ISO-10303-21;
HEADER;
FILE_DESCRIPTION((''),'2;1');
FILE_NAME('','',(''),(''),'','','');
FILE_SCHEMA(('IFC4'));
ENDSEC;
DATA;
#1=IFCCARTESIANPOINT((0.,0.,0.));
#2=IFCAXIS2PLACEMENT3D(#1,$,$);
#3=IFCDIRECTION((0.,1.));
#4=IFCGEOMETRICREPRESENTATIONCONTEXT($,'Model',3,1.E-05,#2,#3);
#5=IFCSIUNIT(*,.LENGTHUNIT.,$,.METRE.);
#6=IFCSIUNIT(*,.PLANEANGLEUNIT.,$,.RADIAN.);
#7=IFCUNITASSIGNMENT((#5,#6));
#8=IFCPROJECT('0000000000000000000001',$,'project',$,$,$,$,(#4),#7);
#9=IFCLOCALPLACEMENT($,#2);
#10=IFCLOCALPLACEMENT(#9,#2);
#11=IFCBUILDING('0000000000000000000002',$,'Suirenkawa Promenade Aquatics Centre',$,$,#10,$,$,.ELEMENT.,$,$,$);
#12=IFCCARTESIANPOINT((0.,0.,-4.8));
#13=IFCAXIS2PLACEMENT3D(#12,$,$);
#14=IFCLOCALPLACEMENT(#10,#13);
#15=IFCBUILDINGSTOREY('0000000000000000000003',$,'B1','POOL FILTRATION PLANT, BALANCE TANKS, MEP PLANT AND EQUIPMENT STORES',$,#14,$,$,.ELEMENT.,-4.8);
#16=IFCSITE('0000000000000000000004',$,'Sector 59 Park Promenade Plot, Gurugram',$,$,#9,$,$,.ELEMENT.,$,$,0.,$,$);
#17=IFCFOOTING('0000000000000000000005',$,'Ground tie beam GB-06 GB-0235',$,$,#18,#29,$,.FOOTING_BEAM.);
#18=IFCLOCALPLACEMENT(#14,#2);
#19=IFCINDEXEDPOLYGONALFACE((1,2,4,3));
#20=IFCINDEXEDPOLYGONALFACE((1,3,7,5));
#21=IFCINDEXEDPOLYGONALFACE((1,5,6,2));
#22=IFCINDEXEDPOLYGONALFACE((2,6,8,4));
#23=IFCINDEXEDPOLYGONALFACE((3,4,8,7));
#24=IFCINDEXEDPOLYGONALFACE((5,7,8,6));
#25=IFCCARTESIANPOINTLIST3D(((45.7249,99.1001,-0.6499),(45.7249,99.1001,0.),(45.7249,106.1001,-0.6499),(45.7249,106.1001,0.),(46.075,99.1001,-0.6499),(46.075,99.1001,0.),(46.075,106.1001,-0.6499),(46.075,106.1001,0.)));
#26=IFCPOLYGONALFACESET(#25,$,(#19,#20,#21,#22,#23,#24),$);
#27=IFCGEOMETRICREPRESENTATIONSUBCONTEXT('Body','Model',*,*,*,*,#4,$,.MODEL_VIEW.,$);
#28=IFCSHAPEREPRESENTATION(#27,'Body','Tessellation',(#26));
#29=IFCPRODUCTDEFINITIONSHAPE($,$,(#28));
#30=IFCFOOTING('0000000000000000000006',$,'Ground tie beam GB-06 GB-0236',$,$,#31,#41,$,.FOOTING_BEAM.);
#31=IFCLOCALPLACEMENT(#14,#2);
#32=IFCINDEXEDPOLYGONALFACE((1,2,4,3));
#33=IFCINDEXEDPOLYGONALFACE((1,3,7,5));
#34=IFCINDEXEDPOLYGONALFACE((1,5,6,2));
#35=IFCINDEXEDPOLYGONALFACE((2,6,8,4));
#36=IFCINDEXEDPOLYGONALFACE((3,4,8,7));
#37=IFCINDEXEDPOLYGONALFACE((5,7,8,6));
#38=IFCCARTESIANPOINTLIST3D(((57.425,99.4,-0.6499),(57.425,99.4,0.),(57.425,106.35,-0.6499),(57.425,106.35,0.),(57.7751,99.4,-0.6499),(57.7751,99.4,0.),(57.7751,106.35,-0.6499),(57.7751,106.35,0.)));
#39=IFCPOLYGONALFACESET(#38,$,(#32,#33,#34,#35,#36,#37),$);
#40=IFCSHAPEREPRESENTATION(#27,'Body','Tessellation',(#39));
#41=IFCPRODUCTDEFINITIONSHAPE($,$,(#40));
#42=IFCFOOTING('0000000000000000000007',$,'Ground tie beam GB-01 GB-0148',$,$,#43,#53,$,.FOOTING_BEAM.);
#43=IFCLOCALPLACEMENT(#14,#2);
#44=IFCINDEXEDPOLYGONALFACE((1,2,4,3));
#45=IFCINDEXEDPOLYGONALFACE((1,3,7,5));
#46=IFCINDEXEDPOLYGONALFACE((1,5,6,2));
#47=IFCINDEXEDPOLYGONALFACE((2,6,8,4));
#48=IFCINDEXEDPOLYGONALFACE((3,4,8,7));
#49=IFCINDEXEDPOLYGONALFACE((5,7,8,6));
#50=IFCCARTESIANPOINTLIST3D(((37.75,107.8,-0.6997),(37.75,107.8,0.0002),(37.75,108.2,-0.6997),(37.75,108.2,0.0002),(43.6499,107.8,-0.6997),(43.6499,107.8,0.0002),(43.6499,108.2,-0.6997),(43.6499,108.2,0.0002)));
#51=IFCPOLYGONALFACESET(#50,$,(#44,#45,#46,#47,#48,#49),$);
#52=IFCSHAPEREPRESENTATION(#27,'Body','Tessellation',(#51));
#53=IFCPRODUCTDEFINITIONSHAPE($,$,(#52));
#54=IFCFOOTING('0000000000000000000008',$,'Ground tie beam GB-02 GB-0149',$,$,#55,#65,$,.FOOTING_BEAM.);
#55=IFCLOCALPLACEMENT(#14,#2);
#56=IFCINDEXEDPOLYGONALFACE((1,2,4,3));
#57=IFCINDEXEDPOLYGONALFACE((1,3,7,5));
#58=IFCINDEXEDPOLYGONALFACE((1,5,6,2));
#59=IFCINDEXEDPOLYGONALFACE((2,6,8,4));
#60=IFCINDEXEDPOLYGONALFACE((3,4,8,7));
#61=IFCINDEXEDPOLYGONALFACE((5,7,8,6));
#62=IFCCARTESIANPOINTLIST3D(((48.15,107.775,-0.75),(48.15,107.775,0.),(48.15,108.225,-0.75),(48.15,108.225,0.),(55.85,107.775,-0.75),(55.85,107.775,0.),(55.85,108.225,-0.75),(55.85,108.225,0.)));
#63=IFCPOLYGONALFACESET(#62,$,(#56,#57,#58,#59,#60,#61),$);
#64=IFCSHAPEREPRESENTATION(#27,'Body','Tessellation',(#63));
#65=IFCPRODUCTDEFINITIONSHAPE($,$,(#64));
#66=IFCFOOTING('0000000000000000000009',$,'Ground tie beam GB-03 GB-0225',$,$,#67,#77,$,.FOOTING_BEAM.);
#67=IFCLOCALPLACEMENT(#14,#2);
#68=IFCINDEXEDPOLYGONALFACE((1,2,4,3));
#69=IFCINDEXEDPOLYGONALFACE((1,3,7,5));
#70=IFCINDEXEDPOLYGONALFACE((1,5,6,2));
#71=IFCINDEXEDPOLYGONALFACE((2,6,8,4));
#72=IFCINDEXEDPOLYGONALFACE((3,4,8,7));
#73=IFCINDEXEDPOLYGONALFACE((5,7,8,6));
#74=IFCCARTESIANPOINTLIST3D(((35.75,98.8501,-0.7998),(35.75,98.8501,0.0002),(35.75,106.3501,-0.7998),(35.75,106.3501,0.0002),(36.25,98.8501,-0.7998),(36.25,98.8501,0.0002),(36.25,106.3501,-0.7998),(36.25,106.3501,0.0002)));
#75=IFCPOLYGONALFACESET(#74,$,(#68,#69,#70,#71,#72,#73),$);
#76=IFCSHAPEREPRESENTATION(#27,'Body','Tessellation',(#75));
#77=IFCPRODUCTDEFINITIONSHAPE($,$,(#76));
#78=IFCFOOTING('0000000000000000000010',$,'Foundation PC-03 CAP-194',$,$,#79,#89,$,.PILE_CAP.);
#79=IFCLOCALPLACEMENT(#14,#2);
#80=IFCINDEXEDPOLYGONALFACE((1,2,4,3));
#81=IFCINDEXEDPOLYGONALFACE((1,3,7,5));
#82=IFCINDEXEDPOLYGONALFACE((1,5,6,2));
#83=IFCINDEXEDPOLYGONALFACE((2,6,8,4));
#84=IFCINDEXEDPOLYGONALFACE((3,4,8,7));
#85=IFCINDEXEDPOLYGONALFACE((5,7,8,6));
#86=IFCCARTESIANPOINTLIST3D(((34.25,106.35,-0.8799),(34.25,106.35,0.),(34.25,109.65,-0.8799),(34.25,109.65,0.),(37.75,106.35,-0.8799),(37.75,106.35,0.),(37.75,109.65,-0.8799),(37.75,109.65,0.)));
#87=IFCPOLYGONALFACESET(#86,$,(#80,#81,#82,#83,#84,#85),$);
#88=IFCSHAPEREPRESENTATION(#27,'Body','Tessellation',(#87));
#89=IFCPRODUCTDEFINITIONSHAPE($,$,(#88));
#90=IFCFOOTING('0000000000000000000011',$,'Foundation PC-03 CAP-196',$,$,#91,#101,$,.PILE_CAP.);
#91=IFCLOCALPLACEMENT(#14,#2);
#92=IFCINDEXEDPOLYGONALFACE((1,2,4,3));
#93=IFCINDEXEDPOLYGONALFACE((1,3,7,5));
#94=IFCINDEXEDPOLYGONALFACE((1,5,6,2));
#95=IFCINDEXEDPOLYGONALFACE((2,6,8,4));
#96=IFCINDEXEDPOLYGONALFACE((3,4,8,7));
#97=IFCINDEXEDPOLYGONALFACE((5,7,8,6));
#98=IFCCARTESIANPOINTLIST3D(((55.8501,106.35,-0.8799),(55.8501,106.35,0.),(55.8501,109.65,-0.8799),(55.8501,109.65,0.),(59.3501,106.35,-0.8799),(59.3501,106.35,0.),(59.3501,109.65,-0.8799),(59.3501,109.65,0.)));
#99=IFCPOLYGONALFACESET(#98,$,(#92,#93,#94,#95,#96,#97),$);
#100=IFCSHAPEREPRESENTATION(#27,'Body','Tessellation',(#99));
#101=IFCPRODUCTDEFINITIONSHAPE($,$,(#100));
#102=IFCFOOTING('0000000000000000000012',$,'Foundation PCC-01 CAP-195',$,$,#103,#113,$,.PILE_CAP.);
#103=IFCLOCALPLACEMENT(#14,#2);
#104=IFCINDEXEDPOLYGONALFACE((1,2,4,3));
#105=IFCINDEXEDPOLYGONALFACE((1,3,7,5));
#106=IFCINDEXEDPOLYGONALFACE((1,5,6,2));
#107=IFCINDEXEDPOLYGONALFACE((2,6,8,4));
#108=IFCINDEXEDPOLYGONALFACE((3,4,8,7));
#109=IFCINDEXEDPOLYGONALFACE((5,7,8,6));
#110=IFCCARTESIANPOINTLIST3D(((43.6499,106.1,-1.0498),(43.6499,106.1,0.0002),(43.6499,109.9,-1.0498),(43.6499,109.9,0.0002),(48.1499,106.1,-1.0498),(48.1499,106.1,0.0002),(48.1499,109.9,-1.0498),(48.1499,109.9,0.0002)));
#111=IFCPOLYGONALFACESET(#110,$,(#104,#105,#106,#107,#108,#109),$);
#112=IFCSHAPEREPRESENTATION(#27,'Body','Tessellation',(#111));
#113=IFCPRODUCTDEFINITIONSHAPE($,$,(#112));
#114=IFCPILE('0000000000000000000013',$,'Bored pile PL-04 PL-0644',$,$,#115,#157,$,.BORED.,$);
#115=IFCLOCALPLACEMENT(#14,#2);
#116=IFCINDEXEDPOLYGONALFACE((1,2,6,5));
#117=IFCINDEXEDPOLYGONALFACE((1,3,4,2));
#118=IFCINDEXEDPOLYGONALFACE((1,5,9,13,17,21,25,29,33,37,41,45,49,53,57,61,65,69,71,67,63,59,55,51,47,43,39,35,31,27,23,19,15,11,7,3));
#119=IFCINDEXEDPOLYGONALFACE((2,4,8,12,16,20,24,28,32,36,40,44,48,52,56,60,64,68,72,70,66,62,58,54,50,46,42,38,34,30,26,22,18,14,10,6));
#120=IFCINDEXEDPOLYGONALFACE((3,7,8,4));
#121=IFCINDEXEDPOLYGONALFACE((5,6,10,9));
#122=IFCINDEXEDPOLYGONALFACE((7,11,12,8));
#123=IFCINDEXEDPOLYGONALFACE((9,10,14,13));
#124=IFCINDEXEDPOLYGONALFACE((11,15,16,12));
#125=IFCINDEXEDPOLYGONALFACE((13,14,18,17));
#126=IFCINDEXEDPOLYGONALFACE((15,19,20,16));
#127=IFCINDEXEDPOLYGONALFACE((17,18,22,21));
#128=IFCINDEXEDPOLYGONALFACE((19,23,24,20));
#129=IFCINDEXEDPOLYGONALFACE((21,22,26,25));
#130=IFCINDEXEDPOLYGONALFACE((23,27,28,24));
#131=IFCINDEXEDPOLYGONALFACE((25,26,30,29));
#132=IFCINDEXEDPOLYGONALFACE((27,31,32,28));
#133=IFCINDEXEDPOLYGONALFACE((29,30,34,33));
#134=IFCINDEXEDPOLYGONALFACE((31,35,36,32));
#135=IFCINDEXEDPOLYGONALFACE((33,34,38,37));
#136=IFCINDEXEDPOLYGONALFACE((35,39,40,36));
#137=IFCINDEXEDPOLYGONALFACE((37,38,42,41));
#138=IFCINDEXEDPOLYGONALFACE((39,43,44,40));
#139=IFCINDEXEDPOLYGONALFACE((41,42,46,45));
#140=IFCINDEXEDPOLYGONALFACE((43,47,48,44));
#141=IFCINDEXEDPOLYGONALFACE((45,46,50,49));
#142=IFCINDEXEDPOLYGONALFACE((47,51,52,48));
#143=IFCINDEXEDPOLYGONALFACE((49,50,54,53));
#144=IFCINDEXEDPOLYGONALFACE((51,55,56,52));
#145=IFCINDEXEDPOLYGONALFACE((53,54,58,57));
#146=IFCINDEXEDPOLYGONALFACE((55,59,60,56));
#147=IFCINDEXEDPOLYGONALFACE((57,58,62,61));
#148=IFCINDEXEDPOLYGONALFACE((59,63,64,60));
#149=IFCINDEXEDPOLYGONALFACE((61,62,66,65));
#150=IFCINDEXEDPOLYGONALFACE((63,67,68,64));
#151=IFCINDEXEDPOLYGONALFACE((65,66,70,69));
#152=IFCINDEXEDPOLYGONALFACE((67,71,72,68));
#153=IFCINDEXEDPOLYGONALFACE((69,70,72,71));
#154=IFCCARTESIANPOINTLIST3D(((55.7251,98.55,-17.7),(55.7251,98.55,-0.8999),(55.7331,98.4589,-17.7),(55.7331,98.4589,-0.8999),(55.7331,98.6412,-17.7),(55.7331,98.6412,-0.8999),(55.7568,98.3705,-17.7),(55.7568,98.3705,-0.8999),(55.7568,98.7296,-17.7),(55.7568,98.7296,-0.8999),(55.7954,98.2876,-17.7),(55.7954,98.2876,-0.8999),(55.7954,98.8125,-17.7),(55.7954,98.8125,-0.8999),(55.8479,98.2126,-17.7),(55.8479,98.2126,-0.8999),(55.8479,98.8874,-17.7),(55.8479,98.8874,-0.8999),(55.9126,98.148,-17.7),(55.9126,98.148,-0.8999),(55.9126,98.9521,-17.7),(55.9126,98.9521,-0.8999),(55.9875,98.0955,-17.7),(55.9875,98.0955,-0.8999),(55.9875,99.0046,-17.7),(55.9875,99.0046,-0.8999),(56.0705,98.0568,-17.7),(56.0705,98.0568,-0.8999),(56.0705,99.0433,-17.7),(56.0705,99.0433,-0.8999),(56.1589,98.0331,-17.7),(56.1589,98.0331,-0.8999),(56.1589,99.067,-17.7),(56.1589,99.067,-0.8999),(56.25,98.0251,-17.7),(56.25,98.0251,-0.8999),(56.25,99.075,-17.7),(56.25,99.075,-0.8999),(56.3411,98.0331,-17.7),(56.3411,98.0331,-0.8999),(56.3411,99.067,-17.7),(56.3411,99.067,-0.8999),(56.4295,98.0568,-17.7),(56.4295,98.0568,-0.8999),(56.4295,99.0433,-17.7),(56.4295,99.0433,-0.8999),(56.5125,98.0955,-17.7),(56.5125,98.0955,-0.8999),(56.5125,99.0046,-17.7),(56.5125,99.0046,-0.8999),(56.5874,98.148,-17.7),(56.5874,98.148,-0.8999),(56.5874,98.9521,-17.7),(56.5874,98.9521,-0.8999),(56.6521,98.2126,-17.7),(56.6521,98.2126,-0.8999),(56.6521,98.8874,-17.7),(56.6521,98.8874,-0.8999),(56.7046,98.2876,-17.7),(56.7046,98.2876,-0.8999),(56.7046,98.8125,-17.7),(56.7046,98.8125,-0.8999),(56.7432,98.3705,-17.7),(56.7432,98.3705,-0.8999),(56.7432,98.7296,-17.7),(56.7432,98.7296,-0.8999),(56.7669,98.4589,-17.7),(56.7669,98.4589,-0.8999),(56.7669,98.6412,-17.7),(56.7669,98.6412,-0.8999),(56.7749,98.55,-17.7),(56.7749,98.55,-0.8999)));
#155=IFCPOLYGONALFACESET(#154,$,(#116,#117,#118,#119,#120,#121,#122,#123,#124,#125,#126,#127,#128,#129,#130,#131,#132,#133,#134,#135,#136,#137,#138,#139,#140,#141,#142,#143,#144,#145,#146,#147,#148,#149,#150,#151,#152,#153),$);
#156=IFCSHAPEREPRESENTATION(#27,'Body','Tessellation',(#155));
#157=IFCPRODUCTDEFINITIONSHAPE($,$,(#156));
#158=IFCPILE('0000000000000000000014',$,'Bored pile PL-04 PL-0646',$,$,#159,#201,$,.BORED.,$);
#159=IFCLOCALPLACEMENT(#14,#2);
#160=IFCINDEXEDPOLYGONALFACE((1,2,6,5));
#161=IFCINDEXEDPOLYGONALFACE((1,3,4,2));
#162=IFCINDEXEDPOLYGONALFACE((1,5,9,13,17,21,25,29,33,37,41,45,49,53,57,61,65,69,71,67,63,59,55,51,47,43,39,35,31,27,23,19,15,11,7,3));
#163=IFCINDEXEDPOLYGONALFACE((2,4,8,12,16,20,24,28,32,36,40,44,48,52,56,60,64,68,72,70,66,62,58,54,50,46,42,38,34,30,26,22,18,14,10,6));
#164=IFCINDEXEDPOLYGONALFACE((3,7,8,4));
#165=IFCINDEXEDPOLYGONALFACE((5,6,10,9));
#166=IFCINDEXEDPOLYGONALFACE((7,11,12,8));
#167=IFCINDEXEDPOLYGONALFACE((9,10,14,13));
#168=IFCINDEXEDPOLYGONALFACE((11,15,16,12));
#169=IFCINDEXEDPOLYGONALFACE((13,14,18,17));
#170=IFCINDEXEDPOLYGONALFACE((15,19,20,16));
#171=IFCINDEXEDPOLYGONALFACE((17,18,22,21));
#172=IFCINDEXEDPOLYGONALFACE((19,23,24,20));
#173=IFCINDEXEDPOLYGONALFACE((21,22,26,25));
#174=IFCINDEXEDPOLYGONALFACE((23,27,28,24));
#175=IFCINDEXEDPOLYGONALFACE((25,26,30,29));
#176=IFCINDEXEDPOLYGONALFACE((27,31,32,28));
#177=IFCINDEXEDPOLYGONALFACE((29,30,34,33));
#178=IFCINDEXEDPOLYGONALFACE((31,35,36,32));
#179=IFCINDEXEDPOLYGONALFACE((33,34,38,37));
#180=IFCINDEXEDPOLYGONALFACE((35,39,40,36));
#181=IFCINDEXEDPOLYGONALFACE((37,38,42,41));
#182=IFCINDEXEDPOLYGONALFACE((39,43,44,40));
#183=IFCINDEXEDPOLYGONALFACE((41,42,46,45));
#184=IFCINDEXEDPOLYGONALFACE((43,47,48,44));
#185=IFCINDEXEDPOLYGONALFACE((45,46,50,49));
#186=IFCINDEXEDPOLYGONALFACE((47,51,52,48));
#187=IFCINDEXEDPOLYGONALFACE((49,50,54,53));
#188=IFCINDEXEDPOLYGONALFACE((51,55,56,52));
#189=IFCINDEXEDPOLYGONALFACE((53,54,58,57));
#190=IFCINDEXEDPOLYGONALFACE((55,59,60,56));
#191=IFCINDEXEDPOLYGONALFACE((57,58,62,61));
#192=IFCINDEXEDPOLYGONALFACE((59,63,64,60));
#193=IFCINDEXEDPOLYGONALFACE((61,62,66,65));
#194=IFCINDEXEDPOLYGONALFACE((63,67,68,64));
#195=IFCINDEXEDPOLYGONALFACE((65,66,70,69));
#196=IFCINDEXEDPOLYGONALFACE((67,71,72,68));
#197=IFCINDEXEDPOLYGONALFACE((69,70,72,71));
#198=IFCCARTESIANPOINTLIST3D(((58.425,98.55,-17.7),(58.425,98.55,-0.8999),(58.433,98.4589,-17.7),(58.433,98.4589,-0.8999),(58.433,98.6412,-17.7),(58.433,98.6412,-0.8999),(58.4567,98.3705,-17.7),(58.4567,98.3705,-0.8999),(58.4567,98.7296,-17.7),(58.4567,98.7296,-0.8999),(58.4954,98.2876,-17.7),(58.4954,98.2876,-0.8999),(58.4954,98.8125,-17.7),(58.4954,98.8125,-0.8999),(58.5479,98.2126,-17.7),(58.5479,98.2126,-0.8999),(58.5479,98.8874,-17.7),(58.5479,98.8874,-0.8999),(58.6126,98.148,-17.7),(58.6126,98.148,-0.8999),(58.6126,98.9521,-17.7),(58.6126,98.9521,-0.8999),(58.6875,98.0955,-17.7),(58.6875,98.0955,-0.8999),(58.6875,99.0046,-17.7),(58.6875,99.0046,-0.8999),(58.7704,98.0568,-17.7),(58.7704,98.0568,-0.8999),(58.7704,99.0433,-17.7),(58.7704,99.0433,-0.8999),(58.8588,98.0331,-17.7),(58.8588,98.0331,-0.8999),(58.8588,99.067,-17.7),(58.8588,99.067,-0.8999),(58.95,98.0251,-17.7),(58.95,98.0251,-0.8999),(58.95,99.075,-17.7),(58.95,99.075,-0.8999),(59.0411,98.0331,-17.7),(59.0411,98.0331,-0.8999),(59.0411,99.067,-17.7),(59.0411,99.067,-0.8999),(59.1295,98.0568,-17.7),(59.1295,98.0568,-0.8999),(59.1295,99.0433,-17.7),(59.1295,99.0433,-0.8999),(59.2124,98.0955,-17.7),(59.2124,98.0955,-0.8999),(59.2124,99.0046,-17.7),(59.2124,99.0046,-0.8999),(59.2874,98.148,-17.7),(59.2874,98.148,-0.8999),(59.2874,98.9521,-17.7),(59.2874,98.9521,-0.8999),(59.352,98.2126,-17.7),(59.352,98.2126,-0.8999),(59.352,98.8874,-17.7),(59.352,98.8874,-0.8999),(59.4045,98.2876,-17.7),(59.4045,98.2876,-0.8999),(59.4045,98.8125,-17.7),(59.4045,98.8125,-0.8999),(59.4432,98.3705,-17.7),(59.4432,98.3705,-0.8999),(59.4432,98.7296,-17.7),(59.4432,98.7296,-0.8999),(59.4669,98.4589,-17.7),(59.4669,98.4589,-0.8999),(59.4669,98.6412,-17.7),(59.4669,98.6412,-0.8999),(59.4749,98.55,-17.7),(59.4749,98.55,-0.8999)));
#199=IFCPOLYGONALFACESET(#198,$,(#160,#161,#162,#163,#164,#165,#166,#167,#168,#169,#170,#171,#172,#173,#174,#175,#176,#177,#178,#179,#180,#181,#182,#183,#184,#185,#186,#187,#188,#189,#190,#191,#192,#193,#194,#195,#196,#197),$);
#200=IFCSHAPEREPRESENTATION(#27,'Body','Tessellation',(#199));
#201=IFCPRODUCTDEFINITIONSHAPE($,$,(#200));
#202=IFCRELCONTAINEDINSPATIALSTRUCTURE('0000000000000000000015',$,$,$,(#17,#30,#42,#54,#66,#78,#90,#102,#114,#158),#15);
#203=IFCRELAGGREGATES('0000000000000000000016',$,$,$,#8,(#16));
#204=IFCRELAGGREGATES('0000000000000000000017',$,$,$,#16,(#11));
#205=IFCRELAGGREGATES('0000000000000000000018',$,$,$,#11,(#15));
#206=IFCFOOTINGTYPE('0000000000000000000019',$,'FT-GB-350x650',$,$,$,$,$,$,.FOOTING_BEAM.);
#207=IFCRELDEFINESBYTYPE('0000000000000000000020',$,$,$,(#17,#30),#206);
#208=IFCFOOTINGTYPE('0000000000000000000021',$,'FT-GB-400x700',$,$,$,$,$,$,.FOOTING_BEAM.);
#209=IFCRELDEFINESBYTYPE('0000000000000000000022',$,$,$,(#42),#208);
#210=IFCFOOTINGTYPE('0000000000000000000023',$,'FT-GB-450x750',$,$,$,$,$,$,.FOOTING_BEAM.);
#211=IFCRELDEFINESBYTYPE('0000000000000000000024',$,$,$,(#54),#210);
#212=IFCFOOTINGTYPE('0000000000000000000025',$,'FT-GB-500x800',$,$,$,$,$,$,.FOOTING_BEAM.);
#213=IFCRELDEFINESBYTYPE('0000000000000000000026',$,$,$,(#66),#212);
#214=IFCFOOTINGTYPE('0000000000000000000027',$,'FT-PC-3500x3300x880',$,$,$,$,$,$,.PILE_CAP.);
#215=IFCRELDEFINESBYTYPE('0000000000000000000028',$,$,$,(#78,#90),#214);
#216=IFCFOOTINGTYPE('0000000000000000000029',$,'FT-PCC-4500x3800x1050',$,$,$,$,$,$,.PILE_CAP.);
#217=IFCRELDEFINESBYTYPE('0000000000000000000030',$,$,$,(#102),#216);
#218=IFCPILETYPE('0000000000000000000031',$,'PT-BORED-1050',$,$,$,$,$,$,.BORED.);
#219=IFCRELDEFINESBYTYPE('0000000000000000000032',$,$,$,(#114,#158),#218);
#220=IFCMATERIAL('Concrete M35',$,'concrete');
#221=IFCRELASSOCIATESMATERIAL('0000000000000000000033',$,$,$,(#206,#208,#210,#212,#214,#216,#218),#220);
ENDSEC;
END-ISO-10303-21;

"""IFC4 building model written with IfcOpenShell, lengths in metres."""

from ifc_helpers import new_model, si_unit, direction, frame, origin, origin_2d, place, context, subcontext, project, spatial, rectangle, circle, extrude, material, material_profile, profile_set, type_object, element, save


model = new_model("IFC4")

# Units and contexts
model_context = context("Model", 3, precision=1e-05, world=origin(), true_north=direction((0.0, 1.0)))
body_context = subcontext(model_context, "Body", "Model", "MODEL_VIEW")
ifc_project = project(units=[si_unit("LENGTHUNIT", "METRE"), si_unit("PLANEANGLEUNIT", "RADIAN")], contexts=[model_context])

# Site, building, storey
site_placement = place(None, origin())
site = spatial("IfcSite", under=ifc_project, at=site_placement, Name="Sector 59 Park Promenade Plot, Gurugram", CompositionType="ELEMENT", RefElevation=0.0)
building_placement = place(site_placement, origin())
building = spatial("IfcBuilding", under=site, at=building_placement, Name="Suirenkawa Promenade Aquatics Centre", CompositionType="ELEMENT")
storey_placement = place(building_placement, frame((0.0, 0.0, -4.8)))
storey = spatial("IfcBuildingStorey", under=building, at=storey_placement, Name="B1", Description="POOL FILTRATION PLANT, BALANCE TANKS, MEP PLANT AND EQUIPMENT STORES", CompositionType="ELEMENT", Elevation=-4.8)

# Footings
ifc_material_1 = material(Name="Concrete M35", Category="concrete")
footing_type_1 = type_object("IfcFootingType", Name="FT-GB-350x650", PredefinedType="FOOTING_BEAM", material=ifc_material_1)
footing_1_placement = place(storey_placement, frame((45.8999, 102.6001, -0.6499), z_axis=(0.0, 0.0, 1.0), x_axis=(0.0, 1.0, 0.0)))
element("IfcFooting", 1, at=footing_1_placement, inside=storey, type_object=footing_type_1, Name="Ground tie beam GB-06 GB-0235", PredefinedType="FOOTING_BEAM", context=body_context, shape_type="SweptSolid", body=[
    extrude(rectangle(XDim=7.0, YDim=0.3501, at=origin_2d()), origin(), (0.0, 0.0, 1.0), 0.6499),
])
footing_2_placement = place(storey_placement, frame((57.6001, 102.875, -0.6499), z_axis=(0.0, 0.0, 1.0), x_axis=(0.0, 1.0, 0.0)))
element("IfcFooting", 2, at=footing_2_placement, inside=storey, type_object=footing_type_1, Name="Ground tie beam GB-06 GB-0236", PredefinedType="FOOTING_BEAM", context=body_context, shape_type="SweptSolid", body=[
    extrude(rectangle(XDim=6.95, YDim=0.3501, at=origin_2d()), origin(), (0.0, 0.0, 1.0), 0.6499),
])
footing_type_2 = type_object("IfcFootingType", Name="FT-GB-400x700", PredefinedType="FOOTING_BEAM", material=ifc_material_1)
footing_3_placement = place(storey_placement, frame((40.7, 108.0, -0.6997), z_axis=(0.0, 0.0, 1.0), x_axis=(1.0, 0.0, 0.0)))
element("IfcFooting", 3, at=footing_3_placement, inside=storey, type_object=footing_type_2, Name="Ground tie beam GB-01 GB-0148", PredefinedType="FOOTING_BEAM", context=body_context, shape_type="SweptSolid", body=[
    extrude(rectangle(XDim=5.8999, YDim=0.3999, at=origin_2d()), origin(), (0.0, 0.0, 1.0), 0.7),
])
footing_type_3 = type_object("IfcFootingType", Name="FT-GB-450x750", PredefinedType="FOOTING_BEAM", material=ifc_material_1)
footing_4_placement = place(storey_placement, frame((52.0, 108.0, -0.75), z_axis=(0.0, 0.0, 1.0), x_axis=(1.0, 0.0, 0.0)))
element("IfcFooting", 4, at=footing_4_placement, inside=storey, type_object=footing_type_3, Name="Ground tie beam GB-02 GB-0149", PredefinedType="FOOTING_BEAM", context=body_context, shape_type="SweptSolid", body=[
    extrude(rectangle(XDim=7.7, YDim=0.45, at=origin_2d()), origin(), (0.0, 0.0, 1.0), 0.75),
])
footing_type_4 = type_object("IfcFootingType", Name="FT-GB-500x800", PredefinedType="FOOTING_BEAM", material=ifc_material_1)
footing_5_placement = place(storey_placement, frame((36.0, 102.6001, -0.7998), z_axis=(0.0, 0.0, 1.0), x_axis=(0.0, 1.0, 0.0)))
element("IfcFooting", 5, at=footing_5_placement, inside=storey, type_object=footing_type_4, Name="Ground tie beam GB-03 GB-0225", PredefinedType="FOOTING_BEAM", context=body_context, shape_type="SweptSolid", body=[
    extrude(rectangle(XDim=7.5, YDim=0.5, at=origin_2d()), origin(), (0.0, 0.0, 1.0), 0.8),
])
footing_type_5 = type_object("IfcFootingType", Name="FT-PC-3500x3300x880", PredefinedType="PILE_CAP", material=ifc_material_1)
for number, where, z_axis, x_axis, name in (
    (6, (36.0, 108.0, -0.8799), (0.0, 0.0, 1.0), (1.0, 0.0, 0.0), "Foundation PC-03 CAP-194"),
    (7, (57.6001, 108.0, -0.8799), (0.0, 0.0, 1.0), (1.0, 0.0, 0.0), "Foundation PC-03 CAP-196"),
):
    element("IfcFooting", number, at=place(storey_placement, frame(where, z_axis=z_axis, x_axis=x_axis)), inside=storey, type_object=footing_type_5, Name=name, PredefinedType="PILE_CAP", context=body_context, shape_type="SweptSolid", body=[
        extrude(rectangle(XDim=3.5, YDim=3.3, at=origin_2d()), origin(), (0.0, 0.0, 1.0), 0.8799),
    ])
footing_type_6 = type_object("IfcFootingType", Name="FT-PCC-4500x3800x1050", PredefinedType="PILE_CAP", material=ifc_material_1)
footing_6_placement = place(storey_placement, frame((45.8999, 108.0, -1.0498), z_axis=(0.0, 0.0, 1.0), x_axis=(1.0, 0.0, 0.0)))
element("IfcFooting", 8, at=footing_6_placement, inside=storey, type_object=footing_type_6, Name="Foundation PCC-01 CAP-195", PredefinedType="PILE_CAP", context=body_context, shape_type="SweptSolid", body=[
    extrude(rectangle(XDim=4.5, YDim=3.8, at=origin_2d()), origin(), (0.0, 0.0, 1.0), 1.05),
])

# Piles
ifc_material_profile_1 = material_profile(ifc_material_1, circle(Radius=0.5249, at=origin_2d()), Name="PILE D1050", Category="concrete")
ifc_profile_set_1 = profile_set([ifc_material_profile_1], Name="Concrete M35")
pile_type_1 = type_object("IfcPileType", Name="PT-BORED-1050", PredefinedType="BORED", material=ifc_profile_set_1)
for number, where, z_axis, x_axis, name in (
    (9, (56.25, 98.55, -0.8999), (0.0, 0.0, -1.0), (1.0, 0.0, 0.0), "Bored pile PL-04 PL-0644"),
    (10, (58.95, 98.55, -0.8999), (0.0, 0.0, -1.0), (1.0, 0.0, 0.0), "Bored pile PL-04 PL-0646"),
):
    element("IfcPile", number, at=place(storey_placement, frame(where, z_axis=z_axis, x_axis=x_axis)), inside=storey, type_object=pile_type_1, Name=name, PredefinedType="BORED", context=body_context, shape_type="SweptSolid", body=[
        extrude(circle(Radius=0.5249, at=origin_2d()), origin(), (0.0, 0.0, 1.0), 16.8),
    ])

save(model, "model.ifc")
